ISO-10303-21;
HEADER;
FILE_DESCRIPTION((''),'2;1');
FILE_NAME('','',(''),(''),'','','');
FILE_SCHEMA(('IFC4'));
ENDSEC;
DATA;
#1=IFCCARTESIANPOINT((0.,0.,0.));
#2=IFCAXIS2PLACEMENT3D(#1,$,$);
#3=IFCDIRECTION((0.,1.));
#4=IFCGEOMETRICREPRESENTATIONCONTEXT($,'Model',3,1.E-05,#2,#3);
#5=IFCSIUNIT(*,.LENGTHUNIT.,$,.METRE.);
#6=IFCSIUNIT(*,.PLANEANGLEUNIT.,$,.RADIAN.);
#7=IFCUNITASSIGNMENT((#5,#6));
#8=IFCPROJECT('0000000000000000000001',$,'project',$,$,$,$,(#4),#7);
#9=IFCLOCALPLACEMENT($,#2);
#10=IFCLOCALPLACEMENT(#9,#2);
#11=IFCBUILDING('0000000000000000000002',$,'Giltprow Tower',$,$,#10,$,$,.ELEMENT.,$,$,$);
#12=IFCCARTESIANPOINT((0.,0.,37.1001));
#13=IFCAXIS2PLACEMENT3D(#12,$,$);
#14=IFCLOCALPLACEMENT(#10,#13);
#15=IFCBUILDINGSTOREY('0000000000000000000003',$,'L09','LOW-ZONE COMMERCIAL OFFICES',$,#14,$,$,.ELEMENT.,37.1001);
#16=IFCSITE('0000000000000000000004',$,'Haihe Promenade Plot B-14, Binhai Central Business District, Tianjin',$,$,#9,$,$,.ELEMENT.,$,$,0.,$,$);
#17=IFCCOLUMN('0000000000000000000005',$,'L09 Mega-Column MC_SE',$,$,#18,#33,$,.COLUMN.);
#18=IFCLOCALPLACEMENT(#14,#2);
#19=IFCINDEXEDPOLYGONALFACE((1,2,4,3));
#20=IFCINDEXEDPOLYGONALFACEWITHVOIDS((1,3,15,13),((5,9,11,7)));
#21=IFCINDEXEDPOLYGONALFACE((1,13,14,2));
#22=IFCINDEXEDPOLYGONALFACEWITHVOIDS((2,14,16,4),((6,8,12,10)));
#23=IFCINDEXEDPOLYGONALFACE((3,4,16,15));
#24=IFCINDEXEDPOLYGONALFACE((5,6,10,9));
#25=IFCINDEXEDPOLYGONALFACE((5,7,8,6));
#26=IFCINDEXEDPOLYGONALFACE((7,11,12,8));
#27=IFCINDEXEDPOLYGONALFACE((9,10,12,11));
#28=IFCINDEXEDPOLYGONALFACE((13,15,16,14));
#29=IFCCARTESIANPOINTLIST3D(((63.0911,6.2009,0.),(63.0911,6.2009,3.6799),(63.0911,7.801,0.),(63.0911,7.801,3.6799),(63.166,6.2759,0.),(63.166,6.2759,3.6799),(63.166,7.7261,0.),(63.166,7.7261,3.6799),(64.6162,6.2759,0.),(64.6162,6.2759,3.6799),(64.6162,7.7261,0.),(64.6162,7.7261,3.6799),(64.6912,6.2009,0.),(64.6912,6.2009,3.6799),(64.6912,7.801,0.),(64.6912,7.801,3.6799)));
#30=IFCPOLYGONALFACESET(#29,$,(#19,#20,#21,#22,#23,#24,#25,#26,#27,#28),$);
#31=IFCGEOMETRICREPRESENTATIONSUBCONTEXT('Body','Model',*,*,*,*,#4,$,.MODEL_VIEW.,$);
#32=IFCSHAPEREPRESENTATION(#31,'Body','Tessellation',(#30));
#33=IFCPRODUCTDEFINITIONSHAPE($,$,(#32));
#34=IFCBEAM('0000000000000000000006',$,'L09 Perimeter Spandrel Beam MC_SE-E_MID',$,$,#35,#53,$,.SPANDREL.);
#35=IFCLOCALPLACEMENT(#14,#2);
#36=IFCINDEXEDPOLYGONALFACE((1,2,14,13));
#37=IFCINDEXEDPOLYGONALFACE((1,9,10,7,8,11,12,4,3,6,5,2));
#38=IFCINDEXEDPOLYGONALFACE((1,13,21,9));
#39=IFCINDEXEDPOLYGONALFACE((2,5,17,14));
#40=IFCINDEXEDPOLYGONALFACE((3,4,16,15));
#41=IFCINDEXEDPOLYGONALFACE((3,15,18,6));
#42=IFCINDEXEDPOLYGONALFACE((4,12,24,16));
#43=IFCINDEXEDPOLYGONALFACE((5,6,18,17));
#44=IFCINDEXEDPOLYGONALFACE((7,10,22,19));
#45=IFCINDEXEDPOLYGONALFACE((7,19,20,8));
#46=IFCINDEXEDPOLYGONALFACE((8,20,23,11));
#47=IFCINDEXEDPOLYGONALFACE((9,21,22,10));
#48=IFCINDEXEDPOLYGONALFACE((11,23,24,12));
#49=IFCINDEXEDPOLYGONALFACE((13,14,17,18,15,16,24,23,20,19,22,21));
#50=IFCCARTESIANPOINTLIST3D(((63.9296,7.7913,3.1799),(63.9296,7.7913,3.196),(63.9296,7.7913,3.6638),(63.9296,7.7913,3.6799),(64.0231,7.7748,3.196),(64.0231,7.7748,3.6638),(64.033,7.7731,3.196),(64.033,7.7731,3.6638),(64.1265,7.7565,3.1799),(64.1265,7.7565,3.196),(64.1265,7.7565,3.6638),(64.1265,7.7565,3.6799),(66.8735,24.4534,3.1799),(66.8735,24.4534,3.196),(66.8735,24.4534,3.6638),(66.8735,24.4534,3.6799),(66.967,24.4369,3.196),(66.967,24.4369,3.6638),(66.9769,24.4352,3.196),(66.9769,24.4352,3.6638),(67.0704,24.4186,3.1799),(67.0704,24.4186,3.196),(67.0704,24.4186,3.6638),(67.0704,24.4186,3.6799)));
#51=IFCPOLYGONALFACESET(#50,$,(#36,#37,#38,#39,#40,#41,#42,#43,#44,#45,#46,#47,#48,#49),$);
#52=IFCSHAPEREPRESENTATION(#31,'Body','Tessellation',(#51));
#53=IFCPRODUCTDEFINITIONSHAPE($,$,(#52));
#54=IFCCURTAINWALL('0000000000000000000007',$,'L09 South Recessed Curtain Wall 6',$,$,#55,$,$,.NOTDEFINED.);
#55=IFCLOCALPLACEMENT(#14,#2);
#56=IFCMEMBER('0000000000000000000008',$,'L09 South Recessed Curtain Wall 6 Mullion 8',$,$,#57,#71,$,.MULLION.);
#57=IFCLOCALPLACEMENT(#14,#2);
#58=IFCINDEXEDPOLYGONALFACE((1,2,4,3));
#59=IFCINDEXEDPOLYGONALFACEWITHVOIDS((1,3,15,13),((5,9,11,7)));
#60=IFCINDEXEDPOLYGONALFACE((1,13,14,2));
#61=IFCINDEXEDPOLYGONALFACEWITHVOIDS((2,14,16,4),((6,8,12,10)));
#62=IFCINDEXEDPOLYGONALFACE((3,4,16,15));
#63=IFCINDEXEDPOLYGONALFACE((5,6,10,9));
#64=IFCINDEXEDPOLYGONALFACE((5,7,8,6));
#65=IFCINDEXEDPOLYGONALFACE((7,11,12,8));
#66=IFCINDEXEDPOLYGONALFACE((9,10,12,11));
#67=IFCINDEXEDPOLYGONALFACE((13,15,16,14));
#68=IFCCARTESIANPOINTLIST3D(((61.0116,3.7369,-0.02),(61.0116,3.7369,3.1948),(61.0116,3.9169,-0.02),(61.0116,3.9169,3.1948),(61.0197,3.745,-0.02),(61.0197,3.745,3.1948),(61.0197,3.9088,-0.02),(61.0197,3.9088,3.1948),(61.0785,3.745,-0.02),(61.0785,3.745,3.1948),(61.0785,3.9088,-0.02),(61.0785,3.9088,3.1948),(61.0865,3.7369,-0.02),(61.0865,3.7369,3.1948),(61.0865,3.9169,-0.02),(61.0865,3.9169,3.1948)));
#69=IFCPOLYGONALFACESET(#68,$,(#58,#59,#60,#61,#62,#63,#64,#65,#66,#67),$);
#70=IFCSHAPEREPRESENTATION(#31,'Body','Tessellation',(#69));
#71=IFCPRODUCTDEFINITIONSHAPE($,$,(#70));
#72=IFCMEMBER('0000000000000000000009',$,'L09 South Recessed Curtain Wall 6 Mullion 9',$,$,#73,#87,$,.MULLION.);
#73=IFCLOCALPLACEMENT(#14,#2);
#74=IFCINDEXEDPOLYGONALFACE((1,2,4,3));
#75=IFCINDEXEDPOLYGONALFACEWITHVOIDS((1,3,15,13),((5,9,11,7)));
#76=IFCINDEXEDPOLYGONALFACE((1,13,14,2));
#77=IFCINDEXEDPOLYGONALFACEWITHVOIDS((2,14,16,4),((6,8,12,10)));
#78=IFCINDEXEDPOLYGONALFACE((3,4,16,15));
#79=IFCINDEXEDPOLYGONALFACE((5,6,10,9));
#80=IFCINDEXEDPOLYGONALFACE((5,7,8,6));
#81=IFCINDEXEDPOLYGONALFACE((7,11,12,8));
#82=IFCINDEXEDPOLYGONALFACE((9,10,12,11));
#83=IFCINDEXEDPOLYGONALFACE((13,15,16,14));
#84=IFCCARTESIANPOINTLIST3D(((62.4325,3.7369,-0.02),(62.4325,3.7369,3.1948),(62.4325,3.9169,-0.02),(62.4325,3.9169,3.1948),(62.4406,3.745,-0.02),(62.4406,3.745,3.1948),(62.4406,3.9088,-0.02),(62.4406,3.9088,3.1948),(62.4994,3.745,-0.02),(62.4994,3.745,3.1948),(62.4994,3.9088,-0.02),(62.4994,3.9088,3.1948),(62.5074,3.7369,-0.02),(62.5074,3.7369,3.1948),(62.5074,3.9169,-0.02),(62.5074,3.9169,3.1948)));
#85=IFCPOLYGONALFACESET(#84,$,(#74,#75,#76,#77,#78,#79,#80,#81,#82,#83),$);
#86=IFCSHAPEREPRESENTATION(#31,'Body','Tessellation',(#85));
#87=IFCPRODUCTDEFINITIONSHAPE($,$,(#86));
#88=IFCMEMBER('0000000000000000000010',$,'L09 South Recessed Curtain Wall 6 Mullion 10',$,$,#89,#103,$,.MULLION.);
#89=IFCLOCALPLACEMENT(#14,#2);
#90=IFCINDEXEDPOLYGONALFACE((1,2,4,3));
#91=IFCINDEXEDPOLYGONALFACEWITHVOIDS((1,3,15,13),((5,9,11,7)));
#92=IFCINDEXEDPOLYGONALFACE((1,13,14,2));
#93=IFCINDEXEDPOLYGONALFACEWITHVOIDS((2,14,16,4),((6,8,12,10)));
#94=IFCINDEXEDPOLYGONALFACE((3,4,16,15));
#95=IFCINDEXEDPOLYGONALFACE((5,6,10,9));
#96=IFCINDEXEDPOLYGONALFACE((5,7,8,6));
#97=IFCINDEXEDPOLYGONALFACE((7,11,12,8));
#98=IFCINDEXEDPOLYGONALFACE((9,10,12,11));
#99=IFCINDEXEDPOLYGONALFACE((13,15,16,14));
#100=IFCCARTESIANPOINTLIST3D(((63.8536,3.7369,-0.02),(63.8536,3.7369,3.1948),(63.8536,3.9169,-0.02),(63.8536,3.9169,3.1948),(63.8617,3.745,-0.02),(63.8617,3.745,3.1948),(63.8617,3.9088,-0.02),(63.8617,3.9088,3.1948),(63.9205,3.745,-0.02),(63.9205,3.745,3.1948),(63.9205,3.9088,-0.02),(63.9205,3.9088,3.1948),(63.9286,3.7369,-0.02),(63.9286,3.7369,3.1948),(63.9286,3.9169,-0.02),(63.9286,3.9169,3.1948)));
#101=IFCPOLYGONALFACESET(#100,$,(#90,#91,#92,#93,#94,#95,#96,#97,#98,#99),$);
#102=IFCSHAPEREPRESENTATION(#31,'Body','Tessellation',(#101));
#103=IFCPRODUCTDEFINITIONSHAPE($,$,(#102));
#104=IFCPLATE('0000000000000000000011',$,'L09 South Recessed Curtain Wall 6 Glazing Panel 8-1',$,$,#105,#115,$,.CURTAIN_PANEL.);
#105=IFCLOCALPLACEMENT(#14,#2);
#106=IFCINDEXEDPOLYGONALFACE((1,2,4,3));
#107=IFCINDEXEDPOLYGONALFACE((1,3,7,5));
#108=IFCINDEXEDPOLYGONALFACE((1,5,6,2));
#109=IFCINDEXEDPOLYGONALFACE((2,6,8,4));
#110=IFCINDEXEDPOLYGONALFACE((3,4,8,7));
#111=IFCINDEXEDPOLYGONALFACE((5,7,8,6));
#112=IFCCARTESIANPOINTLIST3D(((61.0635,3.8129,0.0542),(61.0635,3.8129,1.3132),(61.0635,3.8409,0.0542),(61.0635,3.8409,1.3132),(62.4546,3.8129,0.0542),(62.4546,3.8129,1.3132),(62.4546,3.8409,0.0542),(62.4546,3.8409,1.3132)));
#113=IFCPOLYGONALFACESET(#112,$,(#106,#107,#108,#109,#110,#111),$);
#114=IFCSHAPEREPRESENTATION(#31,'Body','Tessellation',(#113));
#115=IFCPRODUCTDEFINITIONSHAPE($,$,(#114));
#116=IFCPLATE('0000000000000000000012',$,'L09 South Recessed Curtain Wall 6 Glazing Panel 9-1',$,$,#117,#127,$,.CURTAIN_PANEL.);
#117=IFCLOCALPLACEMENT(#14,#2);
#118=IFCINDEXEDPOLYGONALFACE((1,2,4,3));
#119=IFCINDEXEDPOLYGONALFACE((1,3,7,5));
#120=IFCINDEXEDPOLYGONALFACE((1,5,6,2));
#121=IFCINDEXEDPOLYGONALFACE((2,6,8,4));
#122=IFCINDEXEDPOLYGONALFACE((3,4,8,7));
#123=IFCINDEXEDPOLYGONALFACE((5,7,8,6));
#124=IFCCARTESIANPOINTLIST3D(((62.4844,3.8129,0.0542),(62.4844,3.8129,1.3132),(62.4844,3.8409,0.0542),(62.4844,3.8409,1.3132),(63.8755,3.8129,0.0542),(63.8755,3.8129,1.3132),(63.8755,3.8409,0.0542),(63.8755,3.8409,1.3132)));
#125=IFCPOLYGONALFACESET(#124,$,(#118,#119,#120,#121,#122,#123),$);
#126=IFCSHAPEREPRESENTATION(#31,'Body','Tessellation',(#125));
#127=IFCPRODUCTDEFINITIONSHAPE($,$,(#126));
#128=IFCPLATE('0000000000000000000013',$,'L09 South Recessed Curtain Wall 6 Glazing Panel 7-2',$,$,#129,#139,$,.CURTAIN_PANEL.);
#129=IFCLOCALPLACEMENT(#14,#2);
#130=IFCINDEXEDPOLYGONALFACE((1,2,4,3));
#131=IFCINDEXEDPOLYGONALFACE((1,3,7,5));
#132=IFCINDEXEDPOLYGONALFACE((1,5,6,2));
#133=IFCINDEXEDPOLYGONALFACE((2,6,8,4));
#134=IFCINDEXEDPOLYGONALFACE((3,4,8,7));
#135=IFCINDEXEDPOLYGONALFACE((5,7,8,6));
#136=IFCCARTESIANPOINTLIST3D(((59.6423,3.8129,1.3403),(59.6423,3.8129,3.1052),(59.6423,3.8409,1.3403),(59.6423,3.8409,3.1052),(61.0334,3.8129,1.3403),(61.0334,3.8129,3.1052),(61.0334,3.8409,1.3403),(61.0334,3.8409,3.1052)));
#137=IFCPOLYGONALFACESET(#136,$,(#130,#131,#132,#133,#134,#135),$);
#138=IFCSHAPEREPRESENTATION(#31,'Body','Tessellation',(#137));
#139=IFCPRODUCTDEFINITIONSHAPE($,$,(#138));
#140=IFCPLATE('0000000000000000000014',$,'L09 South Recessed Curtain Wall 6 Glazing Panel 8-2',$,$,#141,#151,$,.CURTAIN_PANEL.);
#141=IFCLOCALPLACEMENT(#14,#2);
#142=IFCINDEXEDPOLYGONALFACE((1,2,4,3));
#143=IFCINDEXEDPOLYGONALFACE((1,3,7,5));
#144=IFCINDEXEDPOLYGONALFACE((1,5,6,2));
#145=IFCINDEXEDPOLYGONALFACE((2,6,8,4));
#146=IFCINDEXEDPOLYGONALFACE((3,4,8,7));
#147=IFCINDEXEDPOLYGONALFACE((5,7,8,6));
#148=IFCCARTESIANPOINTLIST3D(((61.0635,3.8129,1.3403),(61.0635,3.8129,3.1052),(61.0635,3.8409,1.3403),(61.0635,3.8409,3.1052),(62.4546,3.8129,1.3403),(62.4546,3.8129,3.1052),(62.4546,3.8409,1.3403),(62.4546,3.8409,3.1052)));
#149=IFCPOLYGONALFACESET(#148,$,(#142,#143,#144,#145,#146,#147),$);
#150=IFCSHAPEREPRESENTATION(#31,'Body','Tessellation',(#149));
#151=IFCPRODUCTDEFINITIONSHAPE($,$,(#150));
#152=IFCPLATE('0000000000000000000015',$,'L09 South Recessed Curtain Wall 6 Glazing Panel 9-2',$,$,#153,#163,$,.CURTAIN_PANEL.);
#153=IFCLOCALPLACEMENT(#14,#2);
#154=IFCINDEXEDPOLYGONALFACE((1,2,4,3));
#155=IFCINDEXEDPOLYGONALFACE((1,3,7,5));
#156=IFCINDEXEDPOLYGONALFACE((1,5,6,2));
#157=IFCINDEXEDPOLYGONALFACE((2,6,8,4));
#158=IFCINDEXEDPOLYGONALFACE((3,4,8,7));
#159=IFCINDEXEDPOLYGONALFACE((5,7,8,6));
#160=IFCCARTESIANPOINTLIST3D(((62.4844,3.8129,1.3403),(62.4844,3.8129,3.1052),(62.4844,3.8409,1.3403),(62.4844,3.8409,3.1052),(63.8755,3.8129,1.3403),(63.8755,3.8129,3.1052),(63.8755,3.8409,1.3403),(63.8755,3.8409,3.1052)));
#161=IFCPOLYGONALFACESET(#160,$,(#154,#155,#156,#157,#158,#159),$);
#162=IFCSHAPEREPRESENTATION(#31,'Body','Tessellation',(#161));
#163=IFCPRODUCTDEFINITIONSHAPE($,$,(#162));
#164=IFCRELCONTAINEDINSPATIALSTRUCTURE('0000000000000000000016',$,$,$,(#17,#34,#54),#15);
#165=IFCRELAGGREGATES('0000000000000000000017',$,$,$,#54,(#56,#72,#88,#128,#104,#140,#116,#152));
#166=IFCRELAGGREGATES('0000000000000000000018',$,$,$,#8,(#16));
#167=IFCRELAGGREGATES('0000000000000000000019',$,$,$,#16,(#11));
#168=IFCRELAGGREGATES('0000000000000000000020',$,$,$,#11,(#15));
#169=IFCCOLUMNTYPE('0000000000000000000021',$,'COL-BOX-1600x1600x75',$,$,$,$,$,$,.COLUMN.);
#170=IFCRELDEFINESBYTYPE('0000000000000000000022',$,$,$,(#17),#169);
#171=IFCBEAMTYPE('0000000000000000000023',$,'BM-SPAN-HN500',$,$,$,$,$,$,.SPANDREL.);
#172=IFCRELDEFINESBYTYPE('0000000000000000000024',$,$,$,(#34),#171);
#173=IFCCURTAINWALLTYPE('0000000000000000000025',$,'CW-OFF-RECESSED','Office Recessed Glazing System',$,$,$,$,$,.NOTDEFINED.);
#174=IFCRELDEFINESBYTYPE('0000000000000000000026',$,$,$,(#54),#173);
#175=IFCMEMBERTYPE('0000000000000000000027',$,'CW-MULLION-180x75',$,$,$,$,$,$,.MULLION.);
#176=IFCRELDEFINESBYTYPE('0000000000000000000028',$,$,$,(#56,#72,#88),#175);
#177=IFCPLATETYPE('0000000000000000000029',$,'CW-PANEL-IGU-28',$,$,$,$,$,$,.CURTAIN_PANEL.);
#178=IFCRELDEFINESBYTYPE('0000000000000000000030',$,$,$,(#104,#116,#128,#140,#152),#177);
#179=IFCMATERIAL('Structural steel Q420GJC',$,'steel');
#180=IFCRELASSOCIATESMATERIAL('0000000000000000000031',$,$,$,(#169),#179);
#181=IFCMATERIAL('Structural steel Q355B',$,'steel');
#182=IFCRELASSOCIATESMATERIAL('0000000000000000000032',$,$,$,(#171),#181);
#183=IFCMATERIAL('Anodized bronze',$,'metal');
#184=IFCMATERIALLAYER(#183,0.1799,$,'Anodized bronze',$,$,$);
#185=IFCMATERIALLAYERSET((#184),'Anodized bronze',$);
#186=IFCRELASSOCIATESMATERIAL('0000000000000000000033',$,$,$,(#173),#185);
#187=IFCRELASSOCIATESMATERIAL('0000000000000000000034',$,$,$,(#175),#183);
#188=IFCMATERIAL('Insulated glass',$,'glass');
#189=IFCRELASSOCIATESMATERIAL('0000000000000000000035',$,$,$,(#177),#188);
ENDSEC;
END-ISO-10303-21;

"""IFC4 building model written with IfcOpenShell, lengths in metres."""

from ifc_helpers import new_model, si_unit, direction, frame, origin, origin_2d, place, context, subcontext, project, spatial, rectangle, hollow_rectangle, i_section, extrude, source, transform, mapped, material, layer, layer_set, material_profile, profile_set, type_object, element, aggregate, save


model = new_model("IFC4")

# Units and contexts
model_context = context("Model", 3, precision=1e-05, world=origin(), true_north=direction((0.0, 1.0)))
body_context = subcontext(model_context, "Body", "Model", "MODEL_VIEW")
ifc_project = project(units=[si_unit("LENGTHUNIT", "METRE"), si_unit("PLANEANGLEUNIT", "RADIAN")], contexts=[model_context])

# Site, building, storey
site_placement = place(None, origin())
site = spatial("IfcSite", under=ifc_project, at=site_placement, Name="Haihe Promenade Plot B-14, Binhai Central Business District, Tianjin", CompositionType="ELEMENT", RefElevation=0.0)
building_placement = place(site_placement, origin())
building = spatial("IfcBuilding", under=site, at=building_placement, Name="Giltprow Tower", CompositionType="ELEMENT")
storey_placement = place(building_placement, frame((0.0, 0.0, 37.1001)))
storey = spatial("IfcBuildingStorey", under=building, at=storey_placement, Name="L09", Description="LOW-ZONE COMMERCIAL OFFICES", CompositionType="ELEMENT", Elevation=37.1001)

# Column
ifc_material_1 = material(Name="Structural steel Q420GJC", Category="steel")
ifc_material_profile_1 = material_profile(ifc_material_1, hollow_rectangle(XDim=1.6001, YDim=1.6001, WallThickness=0.075, at=origin_2d()), Name="BOX 1600x1600x75")
ifc_profile_set_1 = profile_set([ifc_material_profile_1], Name="Structural steel Q420GJC")
column_type = type_object("IfcColumnType", Name="COL-BOX-1600x1600x75", PredefinedType="COLUMN", material=ifc_profile_set_1)
shared_shape_1 = source(origin(), body_context, "Body", "SweptSolid", [
    extrude(hollow_rectangle(XDim=1.6001, YDim=1.6001, WallThickness=0.075, at=origin_2d()), origin(), (0.0, 0.0, 1.0), 3.6799),
])
column_placement = place(storey_placement, frame((63.8911, 7.001, 0.0), z_axis=(0.0, 0.0, 1.0), x_axis=(1.0, 0.0, 0.0)))
element("IfcColumn", 1, at=column_placement, inside=storey, type_object=column_type, Name="L09 Mega-Column MC_SE", PredefinedType="COLUMN", context=body_context, shape_type="MappedRepresentation", body=[
    mapped(shared_shape_1, transform((0.0, 0.0, 0.0), x_axis=(1.0, 0.0, 0.0), y_axis=(0.0, 1.0, 0.0), z_axis=(0.0, 0.0, 1.0), scale=1.0)),
])

# Beam
ifc_material_2 = material(Name="Structural steel Q355B", Category="steel")
ifc_material_profile_2 = material_profile(ifc_material_2, i_section(OverallWidth=0.2, OverallDepth=0.5, WebThickness=0.01, FlangeThickness=0.0161, at=origin_2d()), Name="HN 500x200x10x16")
ifc_profile_set_2 = profile_set([ifc_material_profile_2], Name="Structural steel Q355B")
beam_type = type_object("IfcBeamType", Name="BM-SPAN-HN500", PredefinedType="SPANDREL", material=ifc_profile_set_2)
shared_shape_2 = source(origin(), body_context, "Body", "SweptSolid", [
    extrude(i_section(OverallWidth=0.2, OverallDepth=0.5, WebThickness=0.01, FlangeThickness=0.0161, at=origin_2d()), origin(), (0.0, 0.0, 1.0), 16.9202),
])
beam_placement = place(storey_placement, frame((64.0281, 7.7739, 3.4299), z_axis=(0.173985, 0.984748, 0.0), x_axis=(-0.984748, 0.173985, 0.0)))
element("IfcBeam", 2, at=beam_placement, inside=storey, type_object=beam_type, Name="L09 Perimeter Spandrel Beam MC_SE-E_MID", PredefinedType="SPANDREL", context=body_context, shape_type="MappedRepresentation", body=[
    mapped(shared_shape_2, transform((0.0, 0.0, 0.0), x_axis=(1.0, 0.0, 0.0), y_axis=(0.0, 1.0, 0.0), z_axis=(0.0, 0.0, 1.0), scale=1.0)),
])

# Curtain wall, members, plates
ifc_material_3 = material(Name="Anodized bronze", Category="metal")
ifc_layer_1 = layer(ifc_material_3, 0.1799, Name="Anodized bronze")
ifc_layer_set_1 = layer_set([ifc_layer_1], Name="Anodized bronze")
curtain_wall_type = type_object("IfcCurtainWallType", Name="CW-OFF-RECESSED", Description="Office Recessed Glazing System", PredefinedType="NOTDEFINED", material=ifc_layer_set_1)
curtain_wall_placement = place(storey_placement, origin())
curtain_wall = element("IfcCurtainWall", 3, at=curtain_wall_placement, inside=storey, type_object=curtain_wall_type, Name="L09 South Recessed Curtain Wall 6", PredefinedType="NOTDEFINED")
ifc_material_profile_3 = material_profile(ifc_material_3, hollow_rectangle(XDim=0.075, YDim=0.1799, WallThickness=0.0081, at=origin_2d()), Name="RHS 180x75x8")
ifc_profile_set_3 = profile_set([ifc_material_profile_3], Name="Anodized bronze")
member_type = type_object("IfcMemberType", Name="CW-MULLION-180x75", PredefinedType="MULLION", material=ifc_profile_set_3)
shared_shape_3 = source(origin(), body_context, "Body", "SweptSolid", [
    extrude(hollow_rectangle(XDim=0.075, YDim=0.1799, WallThickness=0.0081, at=origin_2d()), origin(), (0.0, 0.0, 1.0), 3.2148),
])
member_1_placement = place(storey_placement, frame((61.0491, 3.8269, -0.02), z_axis=(0.0, 0.0, 1.0), x_axis=(1.0, 0.0, 0.0)))
member_1 = element("IfcMember", 4, at=member_1_placement, type_object=member_type, Name="L09 South Recessed Curtain Wall 6 Mullion 8", PredefinedType="MULLION", context=body_context, shape_type="MappedRepresentation", body=[
    mapped(shared_shape_3, transform((0.0, 0.0, 0.0), x_axis=(1.0, 0.0, 0.0), y_axis=(0.0, 1.0, 0.0), z_axis=(0.0, 0.0, 1.0), scale=1.0)),
])
member_2_placement = place(storey_placement, frame((62.47, 3.8269, -0.02), z_axis=(0.0, 0.0, 1.0), x_axis=(1.0, 0.0, 0.0)))
member_2 = element("IfcMember", 5, at=member_2_placement, type_object=member_type, Name="L09 South Recessed Curtain Wall 6 Mullion 9", PredefinedType="MULLION", context=body_context, shape_type="MappedRepresentation", body=[
    mapped(shared_shape_3, transform((0.0, 0.0, 0.0), x_axis=(1.0, 0.0, 0.0), y_axis=(0.0, 1.0, 0.0), z_axis=(0.0, 0.0, 1.0), scale=1.0)),
])
member_3_placement = place(storey_placement, frame((63.8911, 3.8269, -0.02), z_axis=(0.0, 0.0, 1.0), x_axis=(1.0, 0.0, 0.0)))
member_3 = element("IfcMember", 6, at=member_3_placement, type_object=member_type, Name="L09 South Recessed Curtain Wall 6 Mullion 10", PredefinedType="MULLION", context=body_context, shape_type="MappedRepresentation", body=[
    mapped(shared_shape_3, transform((0.0, 0.0, 0.0), x_axis=(1.0, 0.0, 0.0), y_axis=(0.0, 1.0, 0.0), z_axis=(0.0, 0.0, 1.0), scale=1.0)),
])
ifc_material_4 = material(Name="Insulated glass", Category="glass")
plate_type = type_object("IfcPlateType", Name="CW-PANEL-IGU-28", PredefinedType="CURTAIN_PANEL", material=ifc_material_4)
shared_shape_4 = source(origin(), body_context, "Body", "SweptSolid", [
    extrude(rectangle(XDim=1.3911, YDim=0.0281, at=origin_2d()), origin(), (0.0, 0.0, 1.0), 1.259),
])
plate_1_placement = place(storey_placement, frame((61.759, 3.8269, 0.0542), z_axis=(0.0, 0.0, 1.0), x_axis=(1.0, 0.0, 0.0)))
plate_1 = element("IfcPlate", 7, at=plate_1_placement, type_object=plate_type, Name="L09 South Recessed Curtain Wall 6 Glazing Panel 8-1", PredefinedType="CURTAIN_PANEL", context=body_context, shape_type="MappedRepresentation", body=[
    mapped(shared_shape_4, transform((0.0, 0.0, 0.0), x_axis=(1.0, 0.0, 0.0), y_axis=(0.0, 1.0, 0.0), z_axis=(0.0, 0.0, 1.0), scale=1.0)),
])
plate_2_placement = place(storey_placement, frame((63.1799, 3.8269, 0.0542), z_axis=(0.0, 0.0, 1.0), x_axis=(1.0, 0.0, 0.0)))
plate_2 = element("IfcPlate", 8, at=plate_2_placement, type_object=plate_type, Name="L09 South Recessed Curtain Wall 6 Glazing Panel 9-1", PredefinedType="CURTAIN_PANEL", context=body_context, shape_type="MappedRepresentation", body=[
    mapped(shared_shape_4, transform((0.0, 0.0, 0.0), x_axis=(1.0, 0.0, 0.0), y_axis=(0.0, 1.0, 0.0), z_axis=(0.0, 0.0, 1.0), scale=1.0)),
])
shared_shape_5 = source(origin(), body_context, "Body", "SweptSolid", [
    extrude(rectangle(XDim=1.3911, YDim=0.0281, at=origin_2d()), origin(), (0.0, 0.0, 1.0), 1.7649),
])
plate_3_placement = place(storey_placement, frame((60.3379, 3.8269, 1.3403), z_axis=(0.0, 0.0, 1.0), x_axis=(1.0, 0.0, 0.0)))
plate_3 = element("IfcPlate", 9, at=plate_3_placement, type_object=plate_type, Name="L09 South Recessed Curtain Wall 6 Glazing Panel 7-2", PredefinedType="CURTAIN_PANEL", context=body_context, shape_type="MappedRepresentation", body=[
    mapped(shared_shape_5, transform((0.0, 0.0, 0.0), x_axis=(1.0, 0.0, 0.0), y_axis=(0.0, 1.0, 0.0), z_axis=(0.0, 0.0, 1.0), scale=1.0)),
])
plate_4_placement = place(storey_placement, frame((61.759, 3.8269, 1.3403), z_axis=(0.0, 0.0, 1.0), x_axis=(1.0, 0.0, 0.0)))
plate_4 = element("IfcPlate", 10, at=plate_4_placement, type_object=plate_type, Name="L09 South Recessed Curtain Wall 6 Glazing Panel 8-2", PredefinedType="CURTAIN_PANEL", context=body_context, shape_type="MappedRepresentation", body=[
    mapped(shared_shape_5, transform((0.0, 0.0, 0.0), x_axis=(1.0, 0.0, 0.0), y_axis=(0.0, 1.0, 0.0), z_axis=(0.0, 0.0, 1.0), scale=1.0)),
])
plate_5_placement = place(storey_placement, frame((63.1799, 3.8269, 1.3403), z_axis=(0.0, 0.0, 1.0), x_axis=(1.0, 0.0, 0.0)))
plate_5 = element("IfcPlate", 11, at=plate_5_placement, type_object=plate_type, Name="L09 South Recessed Curtain Wall 6 Glazing Panel 9-2", PredefinedType="CURTAIN_PANEL", context=body_context, shape_type="MappedRepresentation", body=[
    mapped(shared_shape_5, transform((0.0, 0.0, 0.0), x_axis=(1.0, 0.0, 0.0), y_axis=(0.0, 1.0, 0.0), z_axis=(0.0, 0.0, 1.0), scale=1.0)),
])
aggregate(curtain_wall, [member_1, member_2, member_3, plate_3, plate_1, plate_4, plate_2, plate_5])

save(model, "model.ifc")
